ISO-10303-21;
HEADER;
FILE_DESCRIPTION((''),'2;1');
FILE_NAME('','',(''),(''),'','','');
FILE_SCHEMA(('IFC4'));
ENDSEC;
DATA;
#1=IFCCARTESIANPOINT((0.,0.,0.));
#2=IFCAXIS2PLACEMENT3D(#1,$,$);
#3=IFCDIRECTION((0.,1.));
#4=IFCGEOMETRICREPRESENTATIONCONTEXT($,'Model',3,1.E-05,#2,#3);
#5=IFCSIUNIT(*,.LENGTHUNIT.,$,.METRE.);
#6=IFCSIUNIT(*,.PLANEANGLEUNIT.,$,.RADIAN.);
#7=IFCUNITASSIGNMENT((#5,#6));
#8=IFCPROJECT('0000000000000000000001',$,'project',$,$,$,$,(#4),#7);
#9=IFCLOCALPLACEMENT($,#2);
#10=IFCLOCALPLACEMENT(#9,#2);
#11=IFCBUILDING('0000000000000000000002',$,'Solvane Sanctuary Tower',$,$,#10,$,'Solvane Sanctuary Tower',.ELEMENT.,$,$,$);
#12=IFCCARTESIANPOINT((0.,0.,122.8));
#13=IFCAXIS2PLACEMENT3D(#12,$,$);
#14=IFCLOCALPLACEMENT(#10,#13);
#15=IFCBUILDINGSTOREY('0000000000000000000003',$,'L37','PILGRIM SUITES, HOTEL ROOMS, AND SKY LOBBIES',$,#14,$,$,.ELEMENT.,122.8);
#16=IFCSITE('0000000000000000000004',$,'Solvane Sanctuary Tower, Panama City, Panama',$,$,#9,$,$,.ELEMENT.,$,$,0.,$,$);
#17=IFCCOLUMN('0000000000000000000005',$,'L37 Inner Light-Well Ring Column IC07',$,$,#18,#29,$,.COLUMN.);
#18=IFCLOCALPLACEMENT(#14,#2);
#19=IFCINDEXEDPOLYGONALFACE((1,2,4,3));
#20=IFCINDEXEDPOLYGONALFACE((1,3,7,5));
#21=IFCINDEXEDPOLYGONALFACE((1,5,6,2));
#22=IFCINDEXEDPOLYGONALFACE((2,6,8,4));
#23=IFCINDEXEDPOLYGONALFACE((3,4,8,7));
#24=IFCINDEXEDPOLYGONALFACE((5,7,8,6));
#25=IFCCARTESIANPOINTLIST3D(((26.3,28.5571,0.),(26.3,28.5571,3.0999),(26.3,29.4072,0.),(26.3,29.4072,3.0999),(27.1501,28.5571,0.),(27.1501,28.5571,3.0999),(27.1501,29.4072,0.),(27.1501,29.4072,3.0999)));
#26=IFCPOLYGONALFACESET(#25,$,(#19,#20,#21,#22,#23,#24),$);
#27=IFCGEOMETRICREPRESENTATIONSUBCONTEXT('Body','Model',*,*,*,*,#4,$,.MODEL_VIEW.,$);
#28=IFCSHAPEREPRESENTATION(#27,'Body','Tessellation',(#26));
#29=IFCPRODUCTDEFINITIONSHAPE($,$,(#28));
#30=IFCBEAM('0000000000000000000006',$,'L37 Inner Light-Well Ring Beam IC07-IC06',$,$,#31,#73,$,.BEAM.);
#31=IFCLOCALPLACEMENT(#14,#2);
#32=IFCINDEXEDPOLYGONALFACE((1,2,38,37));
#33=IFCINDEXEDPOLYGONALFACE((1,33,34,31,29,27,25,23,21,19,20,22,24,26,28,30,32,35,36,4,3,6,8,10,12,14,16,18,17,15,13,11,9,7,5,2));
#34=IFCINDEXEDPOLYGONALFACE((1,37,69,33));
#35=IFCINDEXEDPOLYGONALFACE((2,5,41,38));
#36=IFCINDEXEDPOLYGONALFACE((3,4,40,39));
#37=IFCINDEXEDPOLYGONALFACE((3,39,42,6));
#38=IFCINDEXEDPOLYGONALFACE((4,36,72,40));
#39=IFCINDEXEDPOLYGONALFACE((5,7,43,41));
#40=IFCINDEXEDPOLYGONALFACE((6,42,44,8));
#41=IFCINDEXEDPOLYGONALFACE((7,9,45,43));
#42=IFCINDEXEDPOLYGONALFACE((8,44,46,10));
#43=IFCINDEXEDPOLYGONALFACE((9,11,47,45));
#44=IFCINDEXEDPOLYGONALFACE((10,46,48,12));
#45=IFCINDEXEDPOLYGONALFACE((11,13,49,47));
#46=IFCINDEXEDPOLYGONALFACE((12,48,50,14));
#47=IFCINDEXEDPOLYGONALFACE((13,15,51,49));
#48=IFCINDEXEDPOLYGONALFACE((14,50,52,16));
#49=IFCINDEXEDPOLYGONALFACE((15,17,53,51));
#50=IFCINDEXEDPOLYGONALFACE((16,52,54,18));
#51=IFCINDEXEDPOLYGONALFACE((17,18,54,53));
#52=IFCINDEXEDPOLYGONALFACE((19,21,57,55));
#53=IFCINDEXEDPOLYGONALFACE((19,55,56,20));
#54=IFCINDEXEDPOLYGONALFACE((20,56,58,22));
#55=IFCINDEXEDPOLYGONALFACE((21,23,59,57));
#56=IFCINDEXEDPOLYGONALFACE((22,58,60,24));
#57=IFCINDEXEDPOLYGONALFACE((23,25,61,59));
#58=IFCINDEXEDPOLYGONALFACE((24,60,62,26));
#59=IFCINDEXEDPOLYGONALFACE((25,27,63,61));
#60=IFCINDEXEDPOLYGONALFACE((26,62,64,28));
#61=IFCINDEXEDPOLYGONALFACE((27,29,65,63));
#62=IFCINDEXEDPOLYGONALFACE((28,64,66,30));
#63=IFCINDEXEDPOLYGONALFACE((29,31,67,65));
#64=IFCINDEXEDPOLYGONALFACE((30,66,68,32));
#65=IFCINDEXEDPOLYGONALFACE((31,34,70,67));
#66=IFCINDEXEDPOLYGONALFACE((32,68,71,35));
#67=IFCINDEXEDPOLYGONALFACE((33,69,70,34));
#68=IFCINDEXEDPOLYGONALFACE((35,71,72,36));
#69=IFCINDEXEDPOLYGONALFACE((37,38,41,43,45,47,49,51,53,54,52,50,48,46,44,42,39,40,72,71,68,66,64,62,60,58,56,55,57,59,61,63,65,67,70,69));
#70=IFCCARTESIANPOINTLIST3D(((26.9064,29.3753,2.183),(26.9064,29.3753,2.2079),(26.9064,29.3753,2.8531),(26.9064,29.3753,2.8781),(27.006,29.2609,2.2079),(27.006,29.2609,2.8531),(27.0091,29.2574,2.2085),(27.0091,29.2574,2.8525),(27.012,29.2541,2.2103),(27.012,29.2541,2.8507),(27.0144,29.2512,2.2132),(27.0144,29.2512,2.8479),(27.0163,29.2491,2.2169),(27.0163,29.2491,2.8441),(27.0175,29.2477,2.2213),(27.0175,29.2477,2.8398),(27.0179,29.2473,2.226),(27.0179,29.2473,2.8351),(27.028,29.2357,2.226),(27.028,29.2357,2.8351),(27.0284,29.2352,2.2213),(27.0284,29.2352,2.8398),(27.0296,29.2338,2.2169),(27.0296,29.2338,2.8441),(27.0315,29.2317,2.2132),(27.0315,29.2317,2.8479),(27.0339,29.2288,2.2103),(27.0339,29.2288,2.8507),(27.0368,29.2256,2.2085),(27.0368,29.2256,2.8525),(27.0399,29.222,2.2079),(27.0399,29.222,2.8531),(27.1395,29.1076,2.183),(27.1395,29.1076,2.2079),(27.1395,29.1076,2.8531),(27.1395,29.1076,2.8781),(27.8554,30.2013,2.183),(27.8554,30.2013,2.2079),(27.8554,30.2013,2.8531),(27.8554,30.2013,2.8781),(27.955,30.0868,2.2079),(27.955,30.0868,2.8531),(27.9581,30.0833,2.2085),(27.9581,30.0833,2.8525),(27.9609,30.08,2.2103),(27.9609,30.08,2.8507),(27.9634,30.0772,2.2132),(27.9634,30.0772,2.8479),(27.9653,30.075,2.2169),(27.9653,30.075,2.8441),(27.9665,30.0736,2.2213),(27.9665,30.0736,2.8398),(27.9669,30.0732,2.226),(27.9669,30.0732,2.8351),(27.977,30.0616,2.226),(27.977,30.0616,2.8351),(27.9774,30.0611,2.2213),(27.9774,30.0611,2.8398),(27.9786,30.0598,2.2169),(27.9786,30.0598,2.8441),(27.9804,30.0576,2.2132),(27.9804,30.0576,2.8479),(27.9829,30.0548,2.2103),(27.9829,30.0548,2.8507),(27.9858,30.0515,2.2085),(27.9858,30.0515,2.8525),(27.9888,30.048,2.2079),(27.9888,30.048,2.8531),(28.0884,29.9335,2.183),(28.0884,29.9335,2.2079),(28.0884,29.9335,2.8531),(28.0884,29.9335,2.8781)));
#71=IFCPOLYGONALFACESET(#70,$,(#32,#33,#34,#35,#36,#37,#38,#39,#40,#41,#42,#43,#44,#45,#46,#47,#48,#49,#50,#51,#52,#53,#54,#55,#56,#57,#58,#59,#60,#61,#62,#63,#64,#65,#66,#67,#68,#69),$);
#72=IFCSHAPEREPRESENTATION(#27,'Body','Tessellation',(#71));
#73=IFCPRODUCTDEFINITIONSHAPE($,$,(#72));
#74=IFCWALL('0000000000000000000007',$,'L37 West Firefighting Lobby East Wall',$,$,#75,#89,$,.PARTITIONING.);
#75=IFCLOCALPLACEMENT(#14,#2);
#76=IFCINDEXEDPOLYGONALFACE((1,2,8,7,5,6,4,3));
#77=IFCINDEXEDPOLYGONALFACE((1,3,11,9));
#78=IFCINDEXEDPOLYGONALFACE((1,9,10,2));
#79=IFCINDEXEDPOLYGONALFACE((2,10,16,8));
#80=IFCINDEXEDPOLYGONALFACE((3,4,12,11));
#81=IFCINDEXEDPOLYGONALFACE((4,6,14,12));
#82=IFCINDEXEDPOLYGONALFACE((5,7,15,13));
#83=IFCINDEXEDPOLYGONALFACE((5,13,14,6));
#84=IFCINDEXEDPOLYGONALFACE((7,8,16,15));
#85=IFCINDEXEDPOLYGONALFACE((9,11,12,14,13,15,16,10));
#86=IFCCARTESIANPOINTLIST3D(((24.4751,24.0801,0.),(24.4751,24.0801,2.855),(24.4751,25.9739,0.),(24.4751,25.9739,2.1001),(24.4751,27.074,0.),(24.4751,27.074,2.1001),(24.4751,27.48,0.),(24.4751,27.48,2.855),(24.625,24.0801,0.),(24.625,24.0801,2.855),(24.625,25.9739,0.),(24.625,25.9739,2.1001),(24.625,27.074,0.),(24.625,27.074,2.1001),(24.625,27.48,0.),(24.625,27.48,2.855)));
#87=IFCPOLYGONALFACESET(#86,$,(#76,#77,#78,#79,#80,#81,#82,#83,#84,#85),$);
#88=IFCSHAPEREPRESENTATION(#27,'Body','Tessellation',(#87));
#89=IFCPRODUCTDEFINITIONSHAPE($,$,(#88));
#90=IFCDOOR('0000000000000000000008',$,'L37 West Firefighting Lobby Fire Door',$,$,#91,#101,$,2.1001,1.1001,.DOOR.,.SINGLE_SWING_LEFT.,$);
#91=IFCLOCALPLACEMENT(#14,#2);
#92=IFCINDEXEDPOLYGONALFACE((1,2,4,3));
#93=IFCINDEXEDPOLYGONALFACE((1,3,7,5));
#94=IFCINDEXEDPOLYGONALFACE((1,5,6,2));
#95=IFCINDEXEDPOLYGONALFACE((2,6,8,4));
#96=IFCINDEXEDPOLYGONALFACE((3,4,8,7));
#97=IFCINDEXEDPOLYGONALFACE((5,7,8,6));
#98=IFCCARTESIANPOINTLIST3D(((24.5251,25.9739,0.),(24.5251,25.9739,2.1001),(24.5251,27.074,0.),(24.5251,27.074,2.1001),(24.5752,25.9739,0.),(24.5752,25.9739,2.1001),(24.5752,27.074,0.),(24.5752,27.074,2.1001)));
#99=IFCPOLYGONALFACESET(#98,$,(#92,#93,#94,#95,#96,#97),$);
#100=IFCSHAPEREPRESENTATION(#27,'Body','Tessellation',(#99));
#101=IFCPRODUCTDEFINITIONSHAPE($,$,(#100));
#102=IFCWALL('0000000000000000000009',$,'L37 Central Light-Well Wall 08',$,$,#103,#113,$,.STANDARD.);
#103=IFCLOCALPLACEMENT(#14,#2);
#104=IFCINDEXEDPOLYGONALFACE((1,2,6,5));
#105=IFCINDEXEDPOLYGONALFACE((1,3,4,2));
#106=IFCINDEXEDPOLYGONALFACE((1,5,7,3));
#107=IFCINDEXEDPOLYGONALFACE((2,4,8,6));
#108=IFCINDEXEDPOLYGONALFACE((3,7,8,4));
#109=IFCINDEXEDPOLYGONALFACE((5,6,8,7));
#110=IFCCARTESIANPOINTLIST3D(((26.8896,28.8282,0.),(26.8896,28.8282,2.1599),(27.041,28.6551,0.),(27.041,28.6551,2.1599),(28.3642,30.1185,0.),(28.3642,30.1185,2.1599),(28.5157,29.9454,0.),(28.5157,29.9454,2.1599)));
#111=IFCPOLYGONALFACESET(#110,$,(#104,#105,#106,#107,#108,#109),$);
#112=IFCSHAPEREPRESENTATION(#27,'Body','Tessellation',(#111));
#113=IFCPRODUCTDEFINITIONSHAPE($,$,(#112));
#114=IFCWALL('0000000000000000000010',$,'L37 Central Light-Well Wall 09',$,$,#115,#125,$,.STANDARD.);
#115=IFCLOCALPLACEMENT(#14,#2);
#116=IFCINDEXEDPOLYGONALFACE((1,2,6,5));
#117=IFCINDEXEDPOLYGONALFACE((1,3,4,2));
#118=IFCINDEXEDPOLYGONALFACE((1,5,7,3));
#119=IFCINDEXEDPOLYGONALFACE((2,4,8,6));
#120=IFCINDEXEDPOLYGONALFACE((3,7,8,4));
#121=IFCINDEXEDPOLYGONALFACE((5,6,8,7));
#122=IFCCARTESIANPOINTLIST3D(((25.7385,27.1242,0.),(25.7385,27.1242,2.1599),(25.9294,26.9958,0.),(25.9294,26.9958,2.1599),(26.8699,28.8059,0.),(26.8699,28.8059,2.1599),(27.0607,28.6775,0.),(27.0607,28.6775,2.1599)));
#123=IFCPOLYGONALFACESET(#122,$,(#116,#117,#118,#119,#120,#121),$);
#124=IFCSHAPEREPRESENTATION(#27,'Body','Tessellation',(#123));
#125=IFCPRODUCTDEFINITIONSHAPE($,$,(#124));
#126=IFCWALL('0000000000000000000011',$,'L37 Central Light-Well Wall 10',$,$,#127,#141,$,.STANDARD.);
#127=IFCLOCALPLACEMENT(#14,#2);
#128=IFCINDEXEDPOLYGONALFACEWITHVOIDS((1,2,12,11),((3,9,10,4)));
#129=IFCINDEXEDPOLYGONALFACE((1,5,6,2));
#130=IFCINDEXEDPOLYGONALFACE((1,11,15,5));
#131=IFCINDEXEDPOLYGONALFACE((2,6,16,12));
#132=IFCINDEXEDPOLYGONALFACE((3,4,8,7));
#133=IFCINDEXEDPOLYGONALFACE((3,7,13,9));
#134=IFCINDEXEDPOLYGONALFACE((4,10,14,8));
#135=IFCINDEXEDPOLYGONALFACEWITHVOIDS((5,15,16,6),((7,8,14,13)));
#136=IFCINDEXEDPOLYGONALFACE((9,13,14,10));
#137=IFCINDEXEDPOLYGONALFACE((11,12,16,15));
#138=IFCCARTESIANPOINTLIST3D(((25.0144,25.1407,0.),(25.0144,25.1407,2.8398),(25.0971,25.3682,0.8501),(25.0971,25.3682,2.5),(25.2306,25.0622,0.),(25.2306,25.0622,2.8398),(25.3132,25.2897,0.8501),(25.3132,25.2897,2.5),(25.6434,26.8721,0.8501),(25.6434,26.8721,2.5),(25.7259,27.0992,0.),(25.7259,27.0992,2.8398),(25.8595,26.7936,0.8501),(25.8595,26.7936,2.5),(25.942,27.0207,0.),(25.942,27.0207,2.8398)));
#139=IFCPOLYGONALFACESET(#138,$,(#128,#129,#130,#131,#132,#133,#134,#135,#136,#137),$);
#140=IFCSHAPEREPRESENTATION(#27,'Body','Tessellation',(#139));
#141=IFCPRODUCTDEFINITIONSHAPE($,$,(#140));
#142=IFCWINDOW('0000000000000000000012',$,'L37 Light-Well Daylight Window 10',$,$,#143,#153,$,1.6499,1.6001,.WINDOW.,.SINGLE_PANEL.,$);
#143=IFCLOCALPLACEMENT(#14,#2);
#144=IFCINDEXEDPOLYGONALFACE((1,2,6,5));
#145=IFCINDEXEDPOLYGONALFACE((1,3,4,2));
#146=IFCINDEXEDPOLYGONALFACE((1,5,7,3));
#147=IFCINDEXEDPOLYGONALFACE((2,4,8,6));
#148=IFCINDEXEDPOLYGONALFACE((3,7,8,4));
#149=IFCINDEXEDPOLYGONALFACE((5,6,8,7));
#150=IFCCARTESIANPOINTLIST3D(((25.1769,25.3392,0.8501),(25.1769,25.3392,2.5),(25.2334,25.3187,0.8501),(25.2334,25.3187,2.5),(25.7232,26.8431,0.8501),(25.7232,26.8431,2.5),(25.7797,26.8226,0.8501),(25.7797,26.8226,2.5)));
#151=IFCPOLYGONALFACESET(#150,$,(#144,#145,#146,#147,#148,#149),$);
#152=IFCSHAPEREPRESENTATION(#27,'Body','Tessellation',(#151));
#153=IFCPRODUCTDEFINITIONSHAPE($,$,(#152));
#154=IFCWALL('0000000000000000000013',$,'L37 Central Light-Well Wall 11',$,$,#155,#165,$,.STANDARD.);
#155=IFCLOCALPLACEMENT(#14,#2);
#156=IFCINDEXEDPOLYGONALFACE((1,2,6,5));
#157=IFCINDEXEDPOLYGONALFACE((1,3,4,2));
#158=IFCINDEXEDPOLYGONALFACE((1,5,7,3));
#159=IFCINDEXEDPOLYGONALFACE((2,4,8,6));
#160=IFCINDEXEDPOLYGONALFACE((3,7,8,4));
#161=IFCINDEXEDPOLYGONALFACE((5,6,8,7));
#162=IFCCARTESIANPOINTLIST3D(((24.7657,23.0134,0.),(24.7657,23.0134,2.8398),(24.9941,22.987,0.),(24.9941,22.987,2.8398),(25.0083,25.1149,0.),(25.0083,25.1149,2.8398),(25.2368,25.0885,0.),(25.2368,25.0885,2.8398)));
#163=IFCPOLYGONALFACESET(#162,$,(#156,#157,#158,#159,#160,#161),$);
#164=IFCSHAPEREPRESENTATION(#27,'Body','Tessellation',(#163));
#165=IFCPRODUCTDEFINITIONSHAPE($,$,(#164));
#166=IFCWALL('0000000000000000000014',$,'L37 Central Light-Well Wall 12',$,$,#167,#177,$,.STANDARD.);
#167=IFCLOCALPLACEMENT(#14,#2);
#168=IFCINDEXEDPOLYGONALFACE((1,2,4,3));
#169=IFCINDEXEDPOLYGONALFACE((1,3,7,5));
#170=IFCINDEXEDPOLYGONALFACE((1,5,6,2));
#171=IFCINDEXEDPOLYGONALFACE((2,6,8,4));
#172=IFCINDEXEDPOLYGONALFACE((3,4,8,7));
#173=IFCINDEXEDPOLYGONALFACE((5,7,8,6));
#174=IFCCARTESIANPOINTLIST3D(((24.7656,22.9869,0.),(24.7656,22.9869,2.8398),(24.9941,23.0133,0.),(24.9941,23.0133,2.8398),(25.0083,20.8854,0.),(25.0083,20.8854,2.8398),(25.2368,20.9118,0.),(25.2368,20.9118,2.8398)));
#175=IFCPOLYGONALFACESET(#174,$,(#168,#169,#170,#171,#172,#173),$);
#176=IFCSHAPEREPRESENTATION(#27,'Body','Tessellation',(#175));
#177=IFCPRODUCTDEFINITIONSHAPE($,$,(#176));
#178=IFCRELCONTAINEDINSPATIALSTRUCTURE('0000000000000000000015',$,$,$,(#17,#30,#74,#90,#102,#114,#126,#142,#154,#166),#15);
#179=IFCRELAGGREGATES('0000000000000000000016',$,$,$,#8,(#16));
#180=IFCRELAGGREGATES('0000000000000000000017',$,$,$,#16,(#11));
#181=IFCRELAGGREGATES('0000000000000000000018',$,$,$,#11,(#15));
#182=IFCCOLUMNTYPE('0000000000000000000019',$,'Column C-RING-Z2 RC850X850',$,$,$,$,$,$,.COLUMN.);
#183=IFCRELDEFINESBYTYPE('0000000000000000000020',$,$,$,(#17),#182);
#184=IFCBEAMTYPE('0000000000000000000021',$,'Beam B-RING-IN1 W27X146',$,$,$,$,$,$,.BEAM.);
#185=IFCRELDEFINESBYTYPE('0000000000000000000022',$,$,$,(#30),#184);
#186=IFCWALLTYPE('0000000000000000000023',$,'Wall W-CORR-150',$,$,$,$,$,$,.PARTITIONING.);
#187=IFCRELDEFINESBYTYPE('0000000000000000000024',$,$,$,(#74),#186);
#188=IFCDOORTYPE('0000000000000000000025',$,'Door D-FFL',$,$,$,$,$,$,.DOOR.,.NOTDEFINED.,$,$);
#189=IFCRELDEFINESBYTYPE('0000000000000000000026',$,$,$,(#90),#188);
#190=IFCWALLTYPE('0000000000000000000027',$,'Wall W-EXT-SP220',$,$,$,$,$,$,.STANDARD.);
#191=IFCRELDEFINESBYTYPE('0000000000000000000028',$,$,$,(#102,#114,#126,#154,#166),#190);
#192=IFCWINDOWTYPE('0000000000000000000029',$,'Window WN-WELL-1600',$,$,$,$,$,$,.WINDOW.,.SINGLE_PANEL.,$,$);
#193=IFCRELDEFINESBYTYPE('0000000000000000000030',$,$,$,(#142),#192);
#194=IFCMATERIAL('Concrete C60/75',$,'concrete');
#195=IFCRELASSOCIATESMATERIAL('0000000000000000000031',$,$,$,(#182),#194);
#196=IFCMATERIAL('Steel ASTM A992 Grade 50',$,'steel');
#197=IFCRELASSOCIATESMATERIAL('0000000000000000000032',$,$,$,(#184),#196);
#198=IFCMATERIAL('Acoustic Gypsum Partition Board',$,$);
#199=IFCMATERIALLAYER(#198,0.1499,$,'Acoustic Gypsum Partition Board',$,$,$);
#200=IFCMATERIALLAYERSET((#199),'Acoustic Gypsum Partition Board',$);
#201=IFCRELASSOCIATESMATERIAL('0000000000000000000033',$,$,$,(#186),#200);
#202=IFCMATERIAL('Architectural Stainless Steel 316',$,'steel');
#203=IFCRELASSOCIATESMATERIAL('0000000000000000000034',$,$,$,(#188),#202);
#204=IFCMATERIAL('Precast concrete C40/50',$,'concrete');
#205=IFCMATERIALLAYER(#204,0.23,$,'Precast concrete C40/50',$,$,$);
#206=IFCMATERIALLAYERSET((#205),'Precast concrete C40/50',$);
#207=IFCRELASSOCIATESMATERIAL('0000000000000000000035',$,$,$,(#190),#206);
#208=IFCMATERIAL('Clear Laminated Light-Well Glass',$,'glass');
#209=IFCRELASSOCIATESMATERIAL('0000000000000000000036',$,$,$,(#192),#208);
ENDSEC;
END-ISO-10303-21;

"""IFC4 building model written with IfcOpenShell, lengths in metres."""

from ifc_helpers import new_model, si_unit, direction, frame, frame_2d, origin, origin_2d, place, context, subcontext, project, spatial, rectangle, i_section, extrude, material, layer, layer_set, material_profile, profile_set, type_object, element, fill, save


model = new_model("IFC4")

# Units and contexts
model_context = context("Model", 3, precision=1e-05, world=origin(), true_north=direction((0.0, 1.0)))
body_context = subcontext(model_context, "Body", "Model", "MODEL_VIEW")
ifc_project = project(units=[si_unit("LENGTHUNIT", "METRE"), si_unit("PLANEANGLEUNIT", "RADIAN")], contexts=[model_context])

# Site, building, storey
site_placement = place(None, origin())
site = spatial("IfcSite", under=ifc_project, at=site_placement, Name="Solvane Sanctuary Tower, Panama City, Panama", CompositionType="ELEMENT", RefElevation=0.0)
building_placement = place(site_placement, origin())
building = spatial("IfcBuilding", under=site, at=building_placement, Name="Solvane Sanctuary Tower", LongName="Solvane Sanctuary Tower", CompositionType="ELEMENT")
storey_placement = place(building_placement, frame((0.0, 0.0, 122.8)))
storey = spatial("IfcBuildingStorey", under=building, at=storey_placement, Name="L37", Description="PILGRIM SUITES, HOTEL ROOMS, AND SKY LOBBIES", CompositionType="ELEMENT", Elevation=122.8)

# Column
ifc_material_1 = material(Name="Concrete C60/75", Category="concrete")
ifc_material_profile_1 = material_profile(ifc_material_1, rectangle(XDim=0.8501, YDim=0.8501, at=origin_2d()), Name="RC850X850")
ifc_profile_set_1 = profile_set([ifc_material_profile_1], Name="Concrete C60/75")
column_type = type_object("IfcColumnType", Name="Column C-RING-Z2 RC850X850", PredefinedType="COLUMN", material=ifc_profile_set_1)
column_placement = place(storey_placement, frame((26.7251, 28.9822, 0.0), z_axis=(0.0, 0.0, 1.0), x_axis=(1.0, 0.0, 0.0)))
element("IfcColumn", 1, at=column_placement, inside=storey, type_object=column_type, Name="L37 Inner Light-Well Ring Column IC07", PredefinedType="COLUMN", context=body_context, shape_type="SweptSolid", body=[
    extrude(rectangle(XDim=0.8501, YDim=0.8501, at=origin_2d()), origin(), (0.0, 0.0, 1.0), 3.0999),
])

# Beam
ifc_material_2 = material(Name="Steel ASTM A992 Grade 50", Category="steel")
ifc_material_profile_2 = material_profile(ifc_material_2, i_section(OverallWidth=0.355, OverallDepth=0.6951, WebThickness=0.0154, FlangeThickness=0.0249, FilletRadius=0.0181, at=origin_2d()), Name="W27X146")
ifc_profile_set_2 = profile_set([ifc_material_profile_2], Name="Steel ASTM A992 Grade 50")
beam_type = type_object("IfcBeamType", Name="Beam B-RING-IN1 W27X146", PredefinedType="BEAM", material=ifc_profile_set_2)
beam_placement = place(storey_placement, frame((27.0229, 29.2415, 2.5305), z_axis=(0.754317, 0.65651, 0.0), x_axis=(-0.65651, 0.754317, 0.0)))
element("IfcBeam", 2, at=beam_placement, inside=storey, type_object=beam_type, Name="L37 Inner Light-Well Ring Beam IC07-IC06", PredefinedType="BEAM", context=body_context, shape_type="SweptSolid", body=[
    extrude(i_section(OverallWidth=0.355, OverallDepth=0.6951, WebThickness=0.0154, FlangeThickness=0.0249, FilletRadius=0.0181, at=origin_2d()), origin(), (0.0, 0.0, 1.0), 1.2581),
])

# Wall, opening, door
ifc_material_3 = material(Name="Acoustic Gypsum Partition Board")
ifc_layer_1 = layer(ifc_material_3, 0.1499, Name="Acoustic Gypsum Partition Board")
ifc_layer_set_1 = layer_set([ifc_layer_1], Name="Acoustic Gypsum Partition Board")
wall_type_1 = type_object("IfcWallType", Name="Wall W-CORR-150", PredefinedType="PARTITIONING", material=ifc_layer_set_1)
wall_1_placement = place(storey_placement, frame((24.55, 24.0801, 0.0), z_axis=(0.0, 0.0, 1.0), x_axis=(0.0, 1.0, 0.0)))
wall_1 = element("IfcWall", 3, at=wall_1_placement, inside=storey, type_object=wall_type_1, Name="L37 West Firefighting Lobby East Wall", PredefinedType="PARTITIONING", context=body_context, shape_type="SweptSolid", body=[
    extrude(rectangle(XDim=3.3999, YDim=0.1499, at=frame_2d((1.7, 0.0))), origin(), (0.0, 0.0, 1.0), 2.855),
])
opening_1_placement = place(wall_1_placement, frame((1.8938, 0.0, 0.0)))
opening_1 = element("IfcOpeningElement", 4, at=opening_1_placement, cuts=wall_1, PredefinedType="OPENING", context=body_context, shape_type="SweptSolid", body=[
    extrude(rectangle(XDim=1.1001, YDim=2.1001, at=frame_2d((0.55, 1.05))), frame((0.0, 0.085, 0.0), z_axis=(0.0, -1.0, 0.0), x_axis=(1.0, 0.0, 0.0)), (0.0, 0.0, 1.0), 0.1699),
])
ifc_material_4 = material(Name="Architectural Stainless Steel 316", Category="steel")
door_type_1 = type_object("IfcDoorType", Name="Door D-FFL", OperationType="NOTDEFINED", PredefinedType="DOOR", material=ifc_material_4)
door_1_placement = place(opening_1_placement, origin())
door_1 = element("IfcDoor", 5, at=door_1_placement, inside=storey, type_object=door_type_1, Name="L37 West Firefighting Lobby Fire Door", OperationType="SINGLE_SWING_LEFT", OverallHeight=2.1001, OverallWidth=1.1001, PredefinedType="DOOR", context=body_context, shape_type="SweptSolid", body=[
    extrude(rectangle(XDim=1.1001, YDim=2.1001, at=frame_2d((0.55, 1.05))), frame((0.0, 0.0249, 0.0), z_axis=(0.0, -1.0, 0.0), x_axis=(1.0, 0.0, 0.0)), (0.0, 0.0, 1.0), 0.05),
])
fill(opening_1, door_1)

# Walls
ifc_material_5 = material(Name="Precast concrete C40/50", Category="concrete")
ifc_layer_2 = layer(ifc_material_5, 0.23, Name="Precast concrete C40/50")
ifc_layer_set_2 = layer_set([ifc_layer_2], Name="Precast concrete C40/50")
wall_type_2 = type_object("IfcWallType", Name="Wall W-EXT-SP220", PredefinedType="STANDARD", material=ifc_layer_set_2)
wall_2_placement = place(storey_placement, frame((28.4399, 30.032, 0.0), z_axis=(0.0, 0.0, 1.0), x_axis=(-0.752577, -0.658505, 0.0)))
element("IfcWall", 6, at=wall_2_placement, inside=storey, type_object=wall_type_2, Name="L37 Central Light-Well Wall 08", PredefinedType="STANDARD", context=body_context, shape_type="SweptSolid", body=[
    extrude(rectangle(XDim=1.9595, YDim=0.23, at=frame_2d((0.9797, 0.0))), origin(), (0.0, 0.0, 1.0), 2.1599),
])
wall_3_placement = place(storey_placement, frame((26.9653, 28.7417, 0.0), z_axis=(0.0, 0.0, 1.0), x_axis=(-0.558198, -0.829708, 0.0)))
element("IfcWall", 7, at=wall_3_placement, inside=storey, type_object=wall_type_2, Name="L37 Central Light-Well Wall 09", PredefinedType="STANDARD", context=body_context, shape_type="SweptSolid", body=[
    extrude(rectangle(XDim=2.0269, YDim=0.23, at=frame_2d((1.0134, 0.0))), origin(), (0.0, 0.0, 1.0), 2.1599),
])

# Wall, opening, window
wall_4_placement = place(storey_placement, frame((25.834, 27.0601, 0.0), z_axis=(0.0, 0.0, 1.0), x_axis=(-0.341423, -0.93991, 0.0)))
wall_4 = element("IfcWall", 8, at=wall_4_placement, inside=storey, type_object=wall_type_2, Name="L37 Central Light-Well Wall 10", PredefinedType="STANDARD", context=body_context, shape_type="SweptSolid", body=[
    extrude(rectangle(XDim=2.0837, YDim=0.23, at=frame_2d((1.042, 0.0))), origin(), (0.0, 0.0, 1.0), 2.8398),
])
opening_2_placement = place(wall_4_placement, frame((0.2417, 0.0, 0.8501)))
opening_2 = element("IfcOpeningElement", 9, at=opening_2_placement, cuts=wall_4, PredefinedType="OPENING", context=body_context, shape_type="SweptSolid", body=[
    extrude(rectangle(XDim=1.6001, YDim=1.6499, at=frame_2d((0.8, 0.825))), frame((0.0, 0.125, 0.0), z_axis=(0.0, -1.0, 0.0), x_axis=(1.0, 0.0, 0.0)), (0.0, 0.0, 1.0), 0.25),
])
ifc_material_6 = material(Name="Clear Laminated Light-Well Glass", Category="glass")
window_type = type_object("IfcWindowType", Name="Window WN-WELL-1600", PartitioningType="SINGLE_PANEL", PredefinedType="WINDOW", material=ifc_material_6)
window_placement = place(opening_2_placement, origin())
window = element("IfcWindow", 10, at=window_placement, inside=storey, type_object=window_type, Name="L37 Light-Well Daylight Window 10", OverallHeight=1.6499, OverallWidth=1.6001, PartitioningType="SINGLE_PANEL", PredefinedType="WINDOW", context=body_context, shape_type="SweptSolid", body=[
    extrude(rectangle(XDim=1.6001, YDim=1.6499, at=frame_2d((0.8, 0.825))), frame((0.0, 0.03, 0.0), z_axis=(0.0, -1.0, 0.0), x_axis=(1.0, 0.0, 0.0)), (0.0, 0.0, 1.0), 0.0601),
])
fill(opening_2, window)

# Walls
for number, where, z_axis, x_axis, name in (
    (11, (25.1226, 25.1016, 0.0), (0.0, 0.0, 1.0), (-0.114712, -0.993399, 0.0), "L37 Central Light-Well Wall 11"),
    (12, (24.8799, 23.0, 0.0), (0.0, 0.0, 1.0), (0.114712, -0.993399, 0.0), "L37 Central Light-Well Wall 12"),
):
    element("IfcWall", number, at=place(storey_placement, frame(where, z_axis=z_axis, x_axis=x_axis)), inside=storey, type_object=wall_type_2, Name=name, PredefinedType="STANDARD", context=body_context, shape_type="SweptSolid", body=[
        extrude(rectangle(XDim=2.1155, YDim=0.23, at=frame_2d((1.0576, 0.0))), origin(), (0.0, 0.0, 1.0), 2.8398),
    ])

save(model, "model.ifc")
